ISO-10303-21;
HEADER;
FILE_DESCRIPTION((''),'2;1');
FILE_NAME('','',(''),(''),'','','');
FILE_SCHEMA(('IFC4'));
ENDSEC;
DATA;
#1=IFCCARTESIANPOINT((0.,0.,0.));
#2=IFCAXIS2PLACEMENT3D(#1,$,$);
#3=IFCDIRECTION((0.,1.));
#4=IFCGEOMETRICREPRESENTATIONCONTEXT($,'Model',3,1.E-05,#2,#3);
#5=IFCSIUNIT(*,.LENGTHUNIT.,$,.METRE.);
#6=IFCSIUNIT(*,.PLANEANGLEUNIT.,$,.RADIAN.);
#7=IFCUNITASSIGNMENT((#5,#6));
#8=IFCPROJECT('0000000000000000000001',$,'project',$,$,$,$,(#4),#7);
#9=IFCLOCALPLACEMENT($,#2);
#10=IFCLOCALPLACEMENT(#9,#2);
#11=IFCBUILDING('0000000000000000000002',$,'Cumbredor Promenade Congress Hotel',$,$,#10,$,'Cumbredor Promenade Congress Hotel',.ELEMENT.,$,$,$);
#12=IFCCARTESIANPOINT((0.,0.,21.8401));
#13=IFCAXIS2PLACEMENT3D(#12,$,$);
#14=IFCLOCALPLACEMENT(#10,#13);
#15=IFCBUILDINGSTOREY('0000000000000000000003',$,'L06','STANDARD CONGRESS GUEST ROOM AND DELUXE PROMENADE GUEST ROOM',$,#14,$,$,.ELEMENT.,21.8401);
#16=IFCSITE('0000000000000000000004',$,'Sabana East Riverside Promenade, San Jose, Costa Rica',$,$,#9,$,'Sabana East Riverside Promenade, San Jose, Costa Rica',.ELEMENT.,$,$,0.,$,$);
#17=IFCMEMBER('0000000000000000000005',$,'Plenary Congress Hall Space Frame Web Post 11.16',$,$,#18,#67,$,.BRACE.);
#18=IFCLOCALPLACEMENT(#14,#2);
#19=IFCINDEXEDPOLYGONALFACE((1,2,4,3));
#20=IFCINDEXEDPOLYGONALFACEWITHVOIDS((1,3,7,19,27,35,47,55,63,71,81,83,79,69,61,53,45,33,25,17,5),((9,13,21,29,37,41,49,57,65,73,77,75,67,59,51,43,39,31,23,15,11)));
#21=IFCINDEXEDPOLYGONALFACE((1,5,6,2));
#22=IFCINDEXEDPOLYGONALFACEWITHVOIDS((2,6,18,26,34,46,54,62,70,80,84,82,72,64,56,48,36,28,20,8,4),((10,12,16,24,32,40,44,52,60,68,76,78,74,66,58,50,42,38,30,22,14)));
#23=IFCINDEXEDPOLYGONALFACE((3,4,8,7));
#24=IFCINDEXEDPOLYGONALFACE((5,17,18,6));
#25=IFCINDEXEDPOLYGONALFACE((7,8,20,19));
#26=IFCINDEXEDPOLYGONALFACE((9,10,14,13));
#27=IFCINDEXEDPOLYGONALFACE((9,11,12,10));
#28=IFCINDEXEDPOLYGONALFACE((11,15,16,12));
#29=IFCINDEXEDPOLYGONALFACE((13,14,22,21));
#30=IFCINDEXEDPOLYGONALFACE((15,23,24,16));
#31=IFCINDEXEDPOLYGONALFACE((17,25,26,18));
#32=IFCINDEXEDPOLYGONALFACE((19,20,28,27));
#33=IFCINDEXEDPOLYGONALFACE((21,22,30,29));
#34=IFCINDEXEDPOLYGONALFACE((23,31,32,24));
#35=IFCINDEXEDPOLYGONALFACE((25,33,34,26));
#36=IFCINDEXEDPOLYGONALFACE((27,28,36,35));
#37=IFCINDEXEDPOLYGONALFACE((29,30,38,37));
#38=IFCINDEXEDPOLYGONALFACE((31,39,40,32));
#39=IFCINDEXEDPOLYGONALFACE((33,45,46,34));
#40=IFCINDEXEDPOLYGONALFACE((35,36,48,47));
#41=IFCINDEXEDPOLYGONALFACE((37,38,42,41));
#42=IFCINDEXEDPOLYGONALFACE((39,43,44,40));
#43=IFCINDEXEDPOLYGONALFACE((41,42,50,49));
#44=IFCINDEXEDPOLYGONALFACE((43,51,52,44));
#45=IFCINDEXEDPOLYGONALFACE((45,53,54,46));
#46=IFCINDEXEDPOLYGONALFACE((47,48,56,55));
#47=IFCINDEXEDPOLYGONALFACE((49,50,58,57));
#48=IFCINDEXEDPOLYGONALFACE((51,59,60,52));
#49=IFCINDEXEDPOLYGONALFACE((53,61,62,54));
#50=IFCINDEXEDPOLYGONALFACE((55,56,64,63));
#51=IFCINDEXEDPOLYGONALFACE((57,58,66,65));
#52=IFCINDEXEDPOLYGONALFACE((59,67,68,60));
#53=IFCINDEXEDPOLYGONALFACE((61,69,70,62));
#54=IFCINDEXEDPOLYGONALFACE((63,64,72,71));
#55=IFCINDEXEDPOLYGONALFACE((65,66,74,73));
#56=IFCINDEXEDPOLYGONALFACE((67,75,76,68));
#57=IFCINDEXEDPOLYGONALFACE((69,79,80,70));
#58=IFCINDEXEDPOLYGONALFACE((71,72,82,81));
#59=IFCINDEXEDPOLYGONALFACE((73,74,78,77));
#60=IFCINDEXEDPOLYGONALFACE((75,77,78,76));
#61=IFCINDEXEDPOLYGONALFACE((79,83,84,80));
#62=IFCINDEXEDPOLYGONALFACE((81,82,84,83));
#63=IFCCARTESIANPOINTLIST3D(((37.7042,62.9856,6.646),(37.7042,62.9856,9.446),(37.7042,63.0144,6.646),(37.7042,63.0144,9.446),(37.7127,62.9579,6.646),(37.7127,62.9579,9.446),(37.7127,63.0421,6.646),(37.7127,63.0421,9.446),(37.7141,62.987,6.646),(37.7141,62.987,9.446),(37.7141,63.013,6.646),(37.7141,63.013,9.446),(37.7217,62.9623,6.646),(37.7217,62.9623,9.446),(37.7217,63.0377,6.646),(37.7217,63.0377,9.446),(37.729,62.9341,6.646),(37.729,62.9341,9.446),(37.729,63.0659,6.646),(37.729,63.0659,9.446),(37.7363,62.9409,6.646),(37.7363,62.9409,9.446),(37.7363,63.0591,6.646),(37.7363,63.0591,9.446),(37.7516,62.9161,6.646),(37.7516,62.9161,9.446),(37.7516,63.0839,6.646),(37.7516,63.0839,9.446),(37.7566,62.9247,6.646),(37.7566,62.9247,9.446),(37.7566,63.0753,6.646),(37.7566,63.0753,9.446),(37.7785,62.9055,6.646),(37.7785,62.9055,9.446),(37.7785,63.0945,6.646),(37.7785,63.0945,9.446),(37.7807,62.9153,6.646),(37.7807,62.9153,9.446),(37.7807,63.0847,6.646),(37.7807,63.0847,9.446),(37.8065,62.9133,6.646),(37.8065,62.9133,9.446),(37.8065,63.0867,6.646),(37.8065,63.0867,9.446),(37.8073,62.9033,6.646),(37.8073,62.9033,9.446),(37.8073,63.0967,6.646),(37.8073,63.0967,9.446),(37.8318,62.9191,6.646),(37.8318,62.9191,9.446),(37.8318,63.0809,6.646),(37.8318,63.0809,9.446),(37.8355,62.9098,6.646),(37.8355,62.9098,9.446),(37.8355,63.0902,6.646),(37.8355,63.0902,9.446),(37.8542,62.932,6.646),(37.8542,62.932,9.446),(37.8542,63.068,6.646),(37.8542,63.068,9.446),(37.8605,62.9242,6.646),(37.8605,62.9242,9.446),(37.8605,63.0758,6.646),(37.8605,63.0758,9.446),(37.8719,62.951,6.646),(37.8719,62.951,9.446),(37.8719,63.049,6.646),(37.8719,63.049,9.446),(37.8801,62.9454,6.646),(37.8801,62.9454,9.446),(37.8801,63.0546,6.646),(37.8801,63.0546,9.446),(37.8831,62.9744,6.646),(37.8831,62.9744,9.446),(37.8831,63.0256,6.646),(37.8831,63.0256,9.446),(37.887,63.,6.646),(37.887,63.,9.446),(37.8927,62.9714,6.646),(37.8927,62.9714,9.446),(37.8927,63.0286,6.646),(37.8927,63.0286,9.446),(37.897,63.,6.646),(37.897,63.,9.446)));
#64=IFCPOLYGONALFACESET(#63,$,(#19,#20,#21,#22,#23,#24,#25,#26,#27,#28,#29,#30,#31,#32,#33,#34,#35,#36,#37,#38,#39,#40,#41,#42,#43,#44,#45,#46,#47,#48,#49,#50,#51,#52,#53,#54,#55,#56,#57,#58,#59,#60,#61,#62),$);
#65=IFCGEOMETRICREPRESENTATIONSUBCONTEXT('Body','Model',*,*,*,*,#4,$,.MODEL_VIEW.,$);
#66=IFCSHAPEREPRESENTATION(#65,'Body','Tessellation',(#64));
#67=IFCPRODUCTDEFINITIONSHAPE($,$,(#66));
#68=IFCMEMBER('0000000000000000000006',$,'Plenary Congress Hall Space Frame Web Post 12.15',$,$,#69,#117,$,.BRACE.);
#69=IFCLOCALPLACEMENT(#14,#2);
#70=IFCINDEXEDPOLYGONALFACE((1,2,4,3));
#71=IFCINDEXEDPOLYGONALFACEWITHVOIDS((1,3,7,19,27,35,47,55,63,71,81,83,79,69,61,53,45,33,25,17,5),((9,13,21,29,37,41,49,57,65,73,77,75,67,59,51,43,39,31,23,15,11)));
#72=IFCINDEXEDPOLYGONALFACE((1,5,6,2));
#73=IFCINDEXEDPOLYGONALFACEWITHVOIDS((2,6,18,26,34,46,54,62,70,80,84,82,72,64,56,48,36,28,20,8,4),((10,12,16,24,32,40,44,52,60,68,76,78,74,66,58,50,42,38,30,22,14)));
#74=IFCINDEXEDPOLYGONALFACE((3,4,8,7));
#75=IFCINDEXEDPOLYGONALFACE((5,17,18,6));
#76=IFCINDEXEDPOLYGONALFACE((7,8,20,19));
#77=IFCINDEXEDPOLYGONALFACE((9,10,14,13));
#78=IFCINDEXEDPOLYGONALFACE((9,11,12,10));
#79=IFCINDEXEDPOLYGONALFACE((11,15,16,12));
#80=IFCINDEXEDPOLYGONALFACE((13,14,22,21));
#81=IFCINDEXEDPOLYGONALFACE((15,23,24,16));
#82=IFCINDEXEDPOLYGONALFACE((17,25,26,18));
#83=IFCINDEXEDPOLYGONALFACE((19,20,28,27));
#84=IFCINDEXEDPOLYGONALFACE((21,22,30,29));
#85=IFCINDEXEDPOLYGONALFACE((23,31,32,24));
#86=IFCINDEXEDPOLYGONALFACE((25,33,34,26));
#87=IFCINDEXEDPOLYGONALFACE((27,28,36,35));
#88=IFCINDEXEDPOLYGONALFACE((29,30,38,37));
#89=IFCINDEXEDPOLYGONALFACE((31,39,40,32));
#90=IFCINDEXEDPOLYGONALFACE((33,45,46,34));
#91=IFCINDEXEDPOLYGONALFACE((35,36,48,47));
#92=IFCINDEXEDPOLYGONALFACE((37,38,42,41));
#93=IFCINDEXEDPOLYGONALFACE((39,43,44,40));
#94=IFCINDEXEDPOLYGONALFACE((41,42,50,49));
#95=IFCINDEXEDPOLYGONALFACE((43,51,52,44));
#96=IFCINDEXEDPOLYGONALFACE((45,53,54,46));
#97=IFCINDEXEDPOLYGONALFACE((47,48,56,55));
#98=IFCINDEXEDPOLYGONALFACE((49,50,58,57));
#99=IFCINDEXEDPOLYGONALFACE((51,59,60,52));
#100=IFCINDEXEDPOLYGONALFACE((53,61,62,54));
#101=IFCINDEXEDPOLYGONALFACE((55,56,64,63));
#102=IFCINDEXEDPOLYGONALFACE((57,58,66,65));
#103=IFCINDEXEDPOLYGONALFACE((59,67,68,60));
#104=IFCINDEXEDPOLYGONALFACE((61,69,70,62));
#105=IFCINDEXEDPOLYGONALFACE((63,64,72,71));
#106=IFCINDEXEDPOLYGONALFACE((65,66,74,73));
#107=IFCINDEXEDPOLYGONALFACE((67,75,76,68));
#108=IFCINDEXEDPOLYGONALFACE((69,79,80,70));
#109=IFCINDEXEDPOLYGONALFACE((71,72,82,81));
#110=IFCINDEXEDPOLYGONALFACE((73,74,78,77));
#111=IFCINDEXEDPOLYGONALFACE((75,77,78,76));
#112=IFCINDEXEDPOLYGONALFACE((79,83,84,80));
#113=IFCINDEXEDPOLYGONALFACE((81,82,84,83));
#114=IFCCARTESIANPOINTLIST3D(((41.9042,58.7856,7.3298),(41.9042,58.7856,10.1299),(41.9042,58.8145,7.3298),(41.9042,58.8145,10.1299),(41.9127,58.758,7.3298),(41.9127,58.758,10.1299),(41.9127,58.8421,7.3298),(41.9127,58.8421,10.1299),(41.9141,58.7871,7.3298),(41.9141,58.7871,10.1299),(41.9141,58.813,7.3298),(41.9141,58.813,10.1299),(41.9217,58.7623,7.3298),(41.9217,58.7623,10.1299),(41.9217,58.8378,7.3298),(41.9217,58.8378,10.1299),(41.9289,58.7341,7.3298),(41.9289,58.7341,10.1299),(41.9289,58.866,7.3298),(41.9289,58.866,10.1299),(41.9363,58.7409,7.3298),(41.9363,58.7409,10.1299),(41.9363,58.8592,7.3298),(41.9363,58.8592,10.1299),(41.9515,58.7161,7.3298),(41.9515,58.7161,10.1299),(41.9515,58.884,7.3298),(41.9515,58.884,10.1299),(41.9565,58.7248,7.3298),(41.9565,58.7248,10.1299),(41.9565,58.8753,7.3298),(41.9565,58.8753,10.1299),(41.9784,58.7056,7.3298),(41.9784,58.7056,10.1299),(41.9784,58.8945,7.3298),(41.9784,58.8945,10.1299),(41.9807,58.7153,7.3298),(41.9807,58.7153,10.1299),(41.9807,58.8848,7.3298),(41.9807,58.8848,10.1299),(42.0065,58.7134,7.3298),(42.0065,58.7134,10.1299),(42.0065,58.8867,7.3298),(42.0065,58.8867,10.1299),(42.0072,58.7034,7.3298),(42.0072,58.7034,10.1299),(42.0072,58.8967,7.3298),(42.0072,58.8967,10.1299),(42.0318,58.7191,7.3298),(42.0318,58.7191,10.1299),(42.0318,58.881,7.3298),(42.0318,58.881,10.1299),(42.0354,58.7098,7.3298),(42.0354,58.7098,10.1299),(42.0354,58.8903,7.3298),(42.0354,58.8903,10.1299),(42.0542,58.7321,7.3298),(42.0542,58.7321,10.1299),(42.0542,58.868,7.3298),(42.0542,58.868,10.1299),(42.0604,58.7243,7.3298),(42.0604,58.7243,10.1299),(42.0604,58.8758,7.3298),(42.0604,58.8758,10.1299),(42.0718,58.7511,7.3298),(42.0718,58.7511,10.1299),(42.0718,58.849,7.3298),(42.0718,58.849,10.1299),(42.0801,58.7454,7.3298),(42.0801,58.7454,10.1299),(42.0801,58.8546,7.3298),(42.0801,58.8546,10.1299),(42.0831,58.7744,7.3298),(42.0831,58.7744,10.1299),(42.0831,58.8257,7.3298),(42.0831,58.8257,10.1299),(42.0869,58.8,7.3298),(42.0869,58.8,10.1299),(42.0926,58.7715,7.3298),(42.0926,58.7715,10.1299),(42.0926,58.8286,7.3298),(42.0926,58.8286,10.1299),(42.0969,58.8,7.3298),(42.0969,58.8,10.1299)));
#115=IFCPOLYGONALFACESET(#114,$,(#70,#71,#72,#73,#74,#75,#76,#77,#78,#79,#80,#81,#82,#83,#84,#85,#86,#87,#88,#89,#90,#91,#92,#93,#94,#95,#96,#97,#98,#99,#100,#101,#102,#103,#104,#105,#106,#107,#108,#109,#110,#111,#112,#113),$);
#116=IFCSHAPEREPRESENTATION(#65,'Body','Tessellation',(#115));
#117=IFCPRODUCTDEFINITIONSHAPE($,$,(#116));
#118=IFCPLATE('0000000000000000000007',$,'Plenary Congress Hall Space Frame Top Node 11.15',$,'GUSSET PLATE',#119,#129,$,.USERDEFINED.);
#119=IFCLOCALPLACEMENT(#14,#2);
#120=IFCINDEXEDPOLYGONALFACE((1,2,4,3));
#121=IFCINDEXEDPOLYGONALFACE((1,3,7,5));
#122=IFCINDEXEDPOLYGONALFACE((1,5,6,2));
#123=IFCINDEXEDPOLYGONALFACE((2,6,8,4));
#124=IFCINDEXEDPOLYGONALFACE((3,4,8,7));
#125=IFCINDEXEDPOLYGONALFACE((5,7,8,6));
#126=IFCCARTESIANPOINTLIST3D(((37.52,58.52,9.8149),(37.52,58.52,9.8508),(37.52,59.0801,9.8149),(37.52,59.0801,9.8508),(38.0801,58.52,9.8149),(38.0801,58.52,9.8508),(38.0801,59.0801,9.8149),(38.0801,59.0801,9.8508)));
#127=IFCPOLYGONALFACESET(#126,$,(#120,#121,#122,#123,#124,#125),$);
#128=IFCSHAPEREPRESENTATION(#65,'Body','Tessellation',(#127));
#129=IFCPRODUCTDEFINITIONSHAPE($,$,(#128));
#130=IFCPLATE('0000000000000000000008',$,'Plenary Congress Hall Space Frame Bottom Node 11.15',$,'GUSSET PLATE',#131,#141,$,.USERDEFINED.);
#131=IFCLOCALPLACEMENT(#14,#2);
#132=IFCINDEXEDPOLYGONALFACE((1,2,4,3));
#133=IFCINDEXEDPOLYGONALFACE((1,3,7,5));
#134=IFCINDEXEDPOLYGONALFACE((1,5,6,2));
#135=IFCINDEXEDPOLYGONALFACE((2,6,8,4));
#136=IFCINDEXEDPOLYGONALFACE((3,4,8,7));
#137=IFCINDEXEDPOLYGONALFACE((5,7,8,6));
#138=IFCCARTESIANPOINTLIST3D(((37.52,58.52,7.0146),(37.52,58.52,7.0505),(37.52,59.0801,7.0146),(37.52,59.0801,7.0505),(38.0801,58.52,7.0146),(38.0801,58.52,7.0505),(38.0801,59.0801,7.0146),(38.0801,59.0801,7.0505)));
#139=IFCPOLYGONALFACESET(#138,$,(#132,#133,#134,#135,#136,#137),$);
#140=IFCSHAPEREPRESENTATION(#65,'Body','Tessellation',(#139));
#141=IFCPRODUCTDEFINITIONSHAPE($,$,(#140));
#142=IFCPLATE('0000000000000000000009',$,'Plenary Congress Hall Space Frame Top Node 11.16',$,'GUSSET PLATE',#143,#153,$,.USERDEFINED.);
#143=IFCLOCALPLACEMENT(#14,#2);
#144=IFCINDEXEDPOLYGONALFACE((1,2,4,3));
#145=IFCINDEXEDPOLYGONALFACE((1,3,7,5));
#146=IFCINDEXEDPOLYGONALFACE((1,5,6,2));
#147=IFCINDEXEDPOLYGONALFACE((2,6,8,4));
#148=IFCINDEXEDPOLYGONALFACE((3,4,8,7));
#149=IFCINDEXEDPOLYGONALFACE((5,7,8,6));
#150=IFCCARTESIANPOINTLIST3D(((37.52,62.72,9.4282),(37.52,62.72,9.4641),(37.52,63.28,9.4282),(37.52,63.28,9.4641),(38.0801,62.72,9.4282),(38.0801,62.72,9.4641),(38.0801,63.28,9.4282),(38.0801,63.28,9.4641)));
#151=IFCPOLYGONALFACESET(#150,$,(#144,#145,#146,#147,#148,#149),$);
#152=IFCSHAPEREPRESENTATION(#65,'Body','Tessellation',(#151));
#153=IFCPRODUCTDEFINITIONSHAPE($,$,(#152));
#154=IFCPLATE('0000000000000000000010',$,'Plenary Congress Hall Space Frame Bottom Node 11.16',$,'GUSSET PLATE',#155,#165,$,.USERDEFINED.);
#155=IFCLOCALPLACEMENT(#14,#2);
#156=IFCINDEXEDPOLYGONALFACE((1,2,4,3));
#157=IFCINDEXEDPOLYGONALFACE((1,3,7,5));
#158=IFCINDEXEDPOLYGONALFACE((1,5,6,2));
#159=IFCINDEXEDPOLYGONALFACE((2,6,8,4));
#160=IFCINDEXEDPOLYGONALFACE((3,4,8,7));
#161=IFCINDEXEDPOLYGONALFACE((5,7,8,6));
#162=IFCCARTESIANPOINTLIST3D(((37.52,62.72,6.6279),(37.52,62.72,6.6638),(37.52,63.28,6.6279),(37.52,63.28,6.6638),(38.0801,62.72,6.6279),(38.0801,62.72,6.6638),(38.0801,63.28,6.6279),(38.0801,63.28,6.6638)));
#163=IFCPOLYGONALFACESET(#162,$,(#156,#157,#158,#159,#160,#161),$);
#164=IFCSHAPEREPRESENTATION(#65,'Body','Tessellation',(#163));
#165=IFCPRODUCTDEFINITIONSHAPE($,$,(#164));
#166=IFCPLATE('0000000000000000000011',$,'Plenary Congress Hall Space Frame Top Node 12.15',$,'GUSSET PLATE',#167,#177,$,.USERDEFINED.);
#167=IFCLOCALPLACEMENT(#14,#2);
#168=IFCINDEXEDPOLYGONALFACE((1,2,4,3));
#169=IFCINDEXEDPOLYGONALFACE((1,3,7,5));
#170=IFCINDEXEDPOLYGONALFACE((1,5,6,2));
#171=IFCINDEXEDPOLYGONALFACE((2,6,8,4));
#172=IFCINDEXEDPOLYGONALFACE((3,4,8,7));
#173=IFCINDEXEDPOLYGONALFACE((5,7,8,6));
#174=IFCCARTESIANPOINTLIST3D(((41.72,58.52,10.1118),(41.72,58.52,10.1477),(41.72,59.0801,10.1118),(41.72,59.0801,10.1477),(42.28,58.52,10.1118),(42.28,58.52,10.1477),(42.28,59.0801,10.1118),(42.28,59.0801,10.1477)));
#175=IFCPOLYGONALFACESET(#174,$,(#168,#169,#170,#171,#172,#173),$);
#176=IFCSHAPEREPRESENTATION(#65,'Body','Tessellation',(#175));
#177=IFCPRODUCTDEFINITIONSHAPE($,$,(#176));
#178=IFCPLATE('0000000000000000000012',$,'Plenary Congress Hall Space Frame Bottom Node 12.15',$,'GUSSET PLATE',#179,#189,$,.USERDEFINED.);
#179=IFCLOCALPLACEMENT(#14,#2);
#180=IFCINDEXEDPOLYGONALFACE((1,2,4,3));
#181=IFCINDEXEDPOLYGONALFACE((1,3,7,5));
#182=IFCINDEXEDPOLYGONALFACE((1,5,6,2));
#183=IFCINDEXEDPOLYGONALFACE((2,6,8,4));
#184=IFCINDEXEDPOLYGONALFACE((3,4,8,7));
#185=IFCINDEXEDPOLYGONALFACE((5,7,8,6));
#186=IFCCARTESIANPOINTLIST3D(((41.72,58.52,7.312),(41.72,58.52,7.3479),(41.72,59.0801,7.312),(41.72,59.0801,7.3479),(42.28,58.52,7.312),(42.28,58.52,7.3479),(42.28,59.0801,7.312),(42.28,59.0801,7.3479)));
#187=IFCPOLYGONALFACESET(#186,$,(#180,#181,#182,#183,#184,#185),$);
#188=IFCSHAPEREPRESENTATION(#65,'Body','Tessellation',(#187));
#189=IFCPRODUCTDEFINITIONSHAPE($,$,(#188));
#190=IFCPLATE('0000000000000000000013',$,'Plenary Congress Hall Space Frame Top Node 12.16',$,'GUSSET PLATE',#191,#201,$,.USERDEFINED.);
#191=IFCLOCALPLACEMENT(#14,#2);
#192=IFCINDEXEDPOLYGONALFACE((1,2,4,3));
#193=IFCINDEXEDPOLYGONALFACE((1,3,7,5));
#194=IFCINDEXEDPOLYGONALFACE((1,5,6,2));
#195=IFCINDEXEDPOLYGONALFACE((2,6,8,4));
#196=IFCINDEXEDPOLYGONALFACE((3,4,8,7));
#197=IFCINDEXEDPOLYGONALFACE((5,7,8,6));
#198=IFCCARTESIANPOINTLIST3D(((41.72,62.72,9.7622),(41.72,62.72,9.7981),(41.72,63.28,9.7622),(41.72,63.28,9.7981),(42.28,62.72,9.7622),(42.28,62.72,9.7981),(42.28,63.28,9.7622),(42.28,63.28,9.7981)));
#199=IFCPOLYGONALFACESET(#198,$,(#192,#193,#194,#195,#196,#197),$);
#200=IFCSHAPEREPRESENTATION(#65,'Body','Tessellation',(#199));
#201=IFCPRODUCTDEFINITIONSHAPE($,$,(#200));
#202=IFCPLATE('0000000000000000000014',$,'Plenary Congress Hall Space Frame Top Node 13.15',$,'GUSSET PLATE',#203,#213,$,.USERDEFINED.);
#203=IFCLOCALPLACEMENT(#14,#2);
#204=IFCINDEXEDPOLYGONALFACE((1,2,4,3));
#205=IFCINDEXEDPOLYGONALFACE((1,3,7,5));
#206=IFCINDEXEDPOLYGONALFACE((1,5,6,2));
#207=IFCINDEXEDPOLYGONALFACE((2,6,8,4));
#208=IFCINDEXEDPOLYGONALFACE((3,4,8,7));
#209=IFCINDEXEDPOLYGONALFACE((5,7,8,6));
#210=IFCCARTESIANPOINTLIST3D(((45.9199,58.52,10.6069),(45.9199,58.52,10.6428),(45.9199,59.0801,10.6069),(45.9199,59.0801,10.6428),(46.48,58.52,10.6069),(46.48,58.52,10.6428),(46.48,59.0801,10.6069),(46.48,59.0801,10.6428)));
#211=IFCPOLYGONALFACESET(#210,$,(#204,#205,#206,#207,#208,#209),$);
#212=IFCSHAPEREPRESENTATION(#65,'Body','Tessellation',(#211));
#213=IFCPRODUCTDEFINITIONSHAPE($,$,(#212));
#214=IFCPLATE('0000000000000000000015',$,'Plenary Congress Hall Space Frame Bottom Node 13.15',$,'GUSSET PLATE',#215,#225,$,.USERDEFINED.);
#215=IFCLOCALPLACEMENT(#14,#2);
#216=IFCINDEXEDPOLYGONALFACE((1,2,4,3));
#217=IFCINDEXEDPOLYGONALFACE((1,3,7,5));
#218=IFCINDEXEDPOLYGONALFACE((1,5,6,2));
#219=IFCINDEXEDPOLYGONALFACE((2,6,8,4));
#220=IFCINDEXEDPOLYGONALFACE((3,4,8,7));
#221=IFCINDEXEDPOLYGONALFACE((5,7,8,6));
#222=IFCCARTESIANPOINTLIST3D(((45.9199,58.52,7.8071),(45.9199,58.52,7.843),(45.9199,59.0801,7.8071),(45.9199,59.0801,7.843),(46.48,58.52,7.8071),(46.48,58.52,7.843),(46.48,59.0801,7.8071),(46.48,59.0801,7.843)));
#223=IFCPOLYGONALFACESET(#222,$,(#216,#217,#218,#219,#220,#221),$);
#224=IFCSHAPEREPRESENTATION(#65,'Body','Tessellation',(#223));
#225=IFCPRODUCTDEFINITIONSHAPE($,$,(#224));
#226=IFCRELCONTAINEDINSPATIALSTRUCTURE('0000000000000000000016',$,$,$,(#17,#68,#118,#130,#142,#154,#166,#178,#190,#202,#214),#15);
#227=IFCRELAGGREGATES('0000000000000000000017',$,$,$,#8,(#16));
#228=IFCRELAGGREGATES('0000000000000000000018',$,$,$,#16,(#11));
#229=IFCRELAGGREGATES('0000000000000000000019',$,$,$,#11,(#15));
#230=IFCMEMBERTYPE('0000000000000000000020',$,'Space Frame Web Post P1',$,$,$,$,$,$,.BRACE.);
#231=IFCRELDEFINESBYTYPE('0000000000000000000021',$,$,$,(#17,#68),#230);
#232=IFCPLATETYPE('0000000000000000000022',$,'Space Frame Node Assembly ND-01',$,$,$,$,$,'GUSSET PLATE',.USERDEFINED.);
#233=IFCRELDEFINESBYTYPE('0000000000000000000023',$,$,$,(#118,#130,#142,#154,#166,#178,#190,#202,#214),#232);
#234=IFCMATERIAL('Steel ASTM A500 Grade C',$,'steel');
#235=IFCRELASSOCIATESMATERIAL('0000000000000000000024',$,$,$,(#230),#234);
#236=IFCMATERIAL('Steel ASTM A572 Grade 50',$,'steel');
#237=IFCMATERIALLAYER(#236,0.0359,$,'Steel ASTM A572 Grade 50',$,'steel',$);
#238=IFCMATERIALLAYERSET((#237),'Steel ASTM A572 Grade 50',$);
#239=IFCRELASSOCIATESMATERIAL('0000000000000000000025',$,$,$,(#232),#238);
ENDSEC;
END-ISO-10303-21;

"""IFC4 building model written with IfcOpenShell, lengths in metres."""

from ifc_helpers import new_model, si_unit, direction, frame, origin, origin_2d, place, context, subcontext, project, spatial, rectangle, hollow_circle, extrude, material, layer, layer_set, material_profile, profile_set, type_object, element, save


model = new_model("IFC4")

# Units and contexts
model_context = context("Model", 3, precision=1e-05, world=origin(), true_north=direction((0.0, 1.0)))
body_context = subcontext(model_context, "Body", "Model", "MODEL_VIEW")
ifc_project = project(units=[si_unit("LENGTHUNIT", "METRE"), si_unit("PLANEANGLEUNIT", "RADIAN")], contexts=[model_context])

# Site, building, storey
site_placement = place(None, origin())
site = spatial("IfcSite", under=ifc_project, at=site_placement, Name="Sabana East Riverside Promenade, San Jose, Costa Rica", LongName="Sabana East Riverside Promenade, San Jose, Costa Rica", CompositionType="ELEMENT", RefElevation=0.0)
building_placement = place(site_placement, origin())
building = spatial("IfcBuilding", under=site, at=building_placement, Name="Cumbredor Promenade Congress Hotel", LongName="Cumbredor Promenade Congress Hotel", CompositionType="ELEMENT")
storey_placement = place(building_placement, frame((0.0, 0.0, 21.8401)))
storey = spatial("IfcBuildingStorey", under=building, at=storey_placement, Name="L06", Description="STANDARD CONGRESS GUEST ROOM AND DELUXE PROMENADE GUEST ROOM", CompositionType="ELEMENT", Elevation=21.8401)

# Members
ifc_material_1 = material(Name="Steel ASTM A500 Grade C", Category="steel")
ifc_material_profile_1 = material_profile(ifc_material_1, hollow_circle(Radius=0.0969, WallThickness=0.01, at=origin_2d()), Name="CHS 193.7x10")
ifc_profile_set_1 = profile_set([ifc_material_profile_1], Name="Steel ASTM A500 Grade C")
member_type_1 = type_object("IfcMemberType", Name="Space Frame Web Post P1", PredefinedType="BRACE", material=ifc_profile_set_1)
for number, where, z_axis, x_axis, name in (
    (1, (37.8, 63.0, 6.646), (0.0, 0.0, 1.0), (1.0, 0.0, 0.0), "Plenary Congress Hall Space Frame Web Post 11.16"),
    (2, (42.0, 58.8, 7.3298), (0.0, 0.0, 1.0), (1.0, 0.0, 0.0), "Plenary Congress Hall Space Frame Web Post 12.15"),
):
    element("IfcMember", number, at=place(storey_placement, frame(where, z_axis=z_axis, x_axis=x_axis)), inside=storey, type_object=member_type_1, Name=name, PredefinedType="BRACE", context=body_context, shape_type="SweptSolid", body=[
        extrude(hollow_circle(Radius=0.0969, WallThickness=0.01, at=origin_2d()), origin(), (0.0, 0.0, 1.0), 2.8),
    ])

# Plates
ifc_material_2 = material(Name="Steel ASTM A572 Grade 50", Category="steel")
ifc_layer = layer(ifc_material_2, 0.0359, Name="Steel ASTM A572 Grade 50", Category="steel")
ifc_layer_set = layer_set([ifc_layer], Name="Steel ASTM A572 Grade 50")
plate_type = type_object("IfcPlateType", Name="Space Frame Node Assembly ND-01", ElementType="GUSSET PLATE", PredefinedType="USERDEFINED", material=ifc_layer_set)
for number, where, z_axis, x_axis, name in (
    (3, (37.8, 58.8, 9.8149), (0.0, 0.0, 1.0), (1.0, 0.0, 0.0), "Plenary Congress Hall Space Frame Top Node 11.15"),
    (4, (37.8, 58.8, 7.0146), (0.0, 0.0, 1.0), (1.0, 0.0, 0.0), "Plenary Congress Hall Space Frame Bottom Node 11.15"),
    (5, (37.8, 63.0, 9.4282), (0.0, 0.0, 1.0), (1.0, 0.0, 0.0), "Plenary Congress Hall Space Frame Top Node 11.16"),
    (6, (37.8, 63.0, 6.6279), (0.0, 0.0, 1.0), (1.0, 0.0, 0.0), "Plenary Congress Hall Space Frame Bottom Node 11.16"),
    (7, (42.0, 58.8, 10.1118), (0.0, 0.0, 1.0), (1.0, 0.0, 0.0), "Plenary Congress Hall Space Frame Top Node 12.15"),
    (8, (42.0, 58.8, 7.312), (0.0, 0.0, 1.0), (1.0, 0.0, 0.0), "Plenary Congress Hall Space Frame Bottom Node 12.15"),
    (9, (42.0, 63.0, 9.7622), (0.0, 0.0, 1.0), (1.0, 0.0, 0.0), "Plenary Congress Hall Space Frame Top Node 12.16"),
    (10, (46.2, 58.8, 10.6069), (0.0, 0.0, 1.0), (1.0, 0.0, 0.0), "Plenary Congress Hall Space Frame Top Node 13.15"),
    (11, (46.2, 58.8, 7.8071), (0.0, 0.0, 1.0), (1.0, 0.0, 0.0), "Plenary Congress Hall Space Frame Bottom Node 13.15"),
):
    element("IfcPlate", number, at=place(storey_placement, frame(where, z_axis=z_axis, x_axis=x_axis)), inside=storey, type_object=plate_type, Name=name, ObjectType="GUSSET PLATE", PredefinedType="USERDEFINED", context=body_context, shape_type="SweptSolid", body=[
        extrude(rectangle(XDim=0.5601, YDim=0.5601, at=origin_2d()), origin(), (0.0, 0.0, 1.0), 0.0359),
    ])

save(model, "model.ifc")
